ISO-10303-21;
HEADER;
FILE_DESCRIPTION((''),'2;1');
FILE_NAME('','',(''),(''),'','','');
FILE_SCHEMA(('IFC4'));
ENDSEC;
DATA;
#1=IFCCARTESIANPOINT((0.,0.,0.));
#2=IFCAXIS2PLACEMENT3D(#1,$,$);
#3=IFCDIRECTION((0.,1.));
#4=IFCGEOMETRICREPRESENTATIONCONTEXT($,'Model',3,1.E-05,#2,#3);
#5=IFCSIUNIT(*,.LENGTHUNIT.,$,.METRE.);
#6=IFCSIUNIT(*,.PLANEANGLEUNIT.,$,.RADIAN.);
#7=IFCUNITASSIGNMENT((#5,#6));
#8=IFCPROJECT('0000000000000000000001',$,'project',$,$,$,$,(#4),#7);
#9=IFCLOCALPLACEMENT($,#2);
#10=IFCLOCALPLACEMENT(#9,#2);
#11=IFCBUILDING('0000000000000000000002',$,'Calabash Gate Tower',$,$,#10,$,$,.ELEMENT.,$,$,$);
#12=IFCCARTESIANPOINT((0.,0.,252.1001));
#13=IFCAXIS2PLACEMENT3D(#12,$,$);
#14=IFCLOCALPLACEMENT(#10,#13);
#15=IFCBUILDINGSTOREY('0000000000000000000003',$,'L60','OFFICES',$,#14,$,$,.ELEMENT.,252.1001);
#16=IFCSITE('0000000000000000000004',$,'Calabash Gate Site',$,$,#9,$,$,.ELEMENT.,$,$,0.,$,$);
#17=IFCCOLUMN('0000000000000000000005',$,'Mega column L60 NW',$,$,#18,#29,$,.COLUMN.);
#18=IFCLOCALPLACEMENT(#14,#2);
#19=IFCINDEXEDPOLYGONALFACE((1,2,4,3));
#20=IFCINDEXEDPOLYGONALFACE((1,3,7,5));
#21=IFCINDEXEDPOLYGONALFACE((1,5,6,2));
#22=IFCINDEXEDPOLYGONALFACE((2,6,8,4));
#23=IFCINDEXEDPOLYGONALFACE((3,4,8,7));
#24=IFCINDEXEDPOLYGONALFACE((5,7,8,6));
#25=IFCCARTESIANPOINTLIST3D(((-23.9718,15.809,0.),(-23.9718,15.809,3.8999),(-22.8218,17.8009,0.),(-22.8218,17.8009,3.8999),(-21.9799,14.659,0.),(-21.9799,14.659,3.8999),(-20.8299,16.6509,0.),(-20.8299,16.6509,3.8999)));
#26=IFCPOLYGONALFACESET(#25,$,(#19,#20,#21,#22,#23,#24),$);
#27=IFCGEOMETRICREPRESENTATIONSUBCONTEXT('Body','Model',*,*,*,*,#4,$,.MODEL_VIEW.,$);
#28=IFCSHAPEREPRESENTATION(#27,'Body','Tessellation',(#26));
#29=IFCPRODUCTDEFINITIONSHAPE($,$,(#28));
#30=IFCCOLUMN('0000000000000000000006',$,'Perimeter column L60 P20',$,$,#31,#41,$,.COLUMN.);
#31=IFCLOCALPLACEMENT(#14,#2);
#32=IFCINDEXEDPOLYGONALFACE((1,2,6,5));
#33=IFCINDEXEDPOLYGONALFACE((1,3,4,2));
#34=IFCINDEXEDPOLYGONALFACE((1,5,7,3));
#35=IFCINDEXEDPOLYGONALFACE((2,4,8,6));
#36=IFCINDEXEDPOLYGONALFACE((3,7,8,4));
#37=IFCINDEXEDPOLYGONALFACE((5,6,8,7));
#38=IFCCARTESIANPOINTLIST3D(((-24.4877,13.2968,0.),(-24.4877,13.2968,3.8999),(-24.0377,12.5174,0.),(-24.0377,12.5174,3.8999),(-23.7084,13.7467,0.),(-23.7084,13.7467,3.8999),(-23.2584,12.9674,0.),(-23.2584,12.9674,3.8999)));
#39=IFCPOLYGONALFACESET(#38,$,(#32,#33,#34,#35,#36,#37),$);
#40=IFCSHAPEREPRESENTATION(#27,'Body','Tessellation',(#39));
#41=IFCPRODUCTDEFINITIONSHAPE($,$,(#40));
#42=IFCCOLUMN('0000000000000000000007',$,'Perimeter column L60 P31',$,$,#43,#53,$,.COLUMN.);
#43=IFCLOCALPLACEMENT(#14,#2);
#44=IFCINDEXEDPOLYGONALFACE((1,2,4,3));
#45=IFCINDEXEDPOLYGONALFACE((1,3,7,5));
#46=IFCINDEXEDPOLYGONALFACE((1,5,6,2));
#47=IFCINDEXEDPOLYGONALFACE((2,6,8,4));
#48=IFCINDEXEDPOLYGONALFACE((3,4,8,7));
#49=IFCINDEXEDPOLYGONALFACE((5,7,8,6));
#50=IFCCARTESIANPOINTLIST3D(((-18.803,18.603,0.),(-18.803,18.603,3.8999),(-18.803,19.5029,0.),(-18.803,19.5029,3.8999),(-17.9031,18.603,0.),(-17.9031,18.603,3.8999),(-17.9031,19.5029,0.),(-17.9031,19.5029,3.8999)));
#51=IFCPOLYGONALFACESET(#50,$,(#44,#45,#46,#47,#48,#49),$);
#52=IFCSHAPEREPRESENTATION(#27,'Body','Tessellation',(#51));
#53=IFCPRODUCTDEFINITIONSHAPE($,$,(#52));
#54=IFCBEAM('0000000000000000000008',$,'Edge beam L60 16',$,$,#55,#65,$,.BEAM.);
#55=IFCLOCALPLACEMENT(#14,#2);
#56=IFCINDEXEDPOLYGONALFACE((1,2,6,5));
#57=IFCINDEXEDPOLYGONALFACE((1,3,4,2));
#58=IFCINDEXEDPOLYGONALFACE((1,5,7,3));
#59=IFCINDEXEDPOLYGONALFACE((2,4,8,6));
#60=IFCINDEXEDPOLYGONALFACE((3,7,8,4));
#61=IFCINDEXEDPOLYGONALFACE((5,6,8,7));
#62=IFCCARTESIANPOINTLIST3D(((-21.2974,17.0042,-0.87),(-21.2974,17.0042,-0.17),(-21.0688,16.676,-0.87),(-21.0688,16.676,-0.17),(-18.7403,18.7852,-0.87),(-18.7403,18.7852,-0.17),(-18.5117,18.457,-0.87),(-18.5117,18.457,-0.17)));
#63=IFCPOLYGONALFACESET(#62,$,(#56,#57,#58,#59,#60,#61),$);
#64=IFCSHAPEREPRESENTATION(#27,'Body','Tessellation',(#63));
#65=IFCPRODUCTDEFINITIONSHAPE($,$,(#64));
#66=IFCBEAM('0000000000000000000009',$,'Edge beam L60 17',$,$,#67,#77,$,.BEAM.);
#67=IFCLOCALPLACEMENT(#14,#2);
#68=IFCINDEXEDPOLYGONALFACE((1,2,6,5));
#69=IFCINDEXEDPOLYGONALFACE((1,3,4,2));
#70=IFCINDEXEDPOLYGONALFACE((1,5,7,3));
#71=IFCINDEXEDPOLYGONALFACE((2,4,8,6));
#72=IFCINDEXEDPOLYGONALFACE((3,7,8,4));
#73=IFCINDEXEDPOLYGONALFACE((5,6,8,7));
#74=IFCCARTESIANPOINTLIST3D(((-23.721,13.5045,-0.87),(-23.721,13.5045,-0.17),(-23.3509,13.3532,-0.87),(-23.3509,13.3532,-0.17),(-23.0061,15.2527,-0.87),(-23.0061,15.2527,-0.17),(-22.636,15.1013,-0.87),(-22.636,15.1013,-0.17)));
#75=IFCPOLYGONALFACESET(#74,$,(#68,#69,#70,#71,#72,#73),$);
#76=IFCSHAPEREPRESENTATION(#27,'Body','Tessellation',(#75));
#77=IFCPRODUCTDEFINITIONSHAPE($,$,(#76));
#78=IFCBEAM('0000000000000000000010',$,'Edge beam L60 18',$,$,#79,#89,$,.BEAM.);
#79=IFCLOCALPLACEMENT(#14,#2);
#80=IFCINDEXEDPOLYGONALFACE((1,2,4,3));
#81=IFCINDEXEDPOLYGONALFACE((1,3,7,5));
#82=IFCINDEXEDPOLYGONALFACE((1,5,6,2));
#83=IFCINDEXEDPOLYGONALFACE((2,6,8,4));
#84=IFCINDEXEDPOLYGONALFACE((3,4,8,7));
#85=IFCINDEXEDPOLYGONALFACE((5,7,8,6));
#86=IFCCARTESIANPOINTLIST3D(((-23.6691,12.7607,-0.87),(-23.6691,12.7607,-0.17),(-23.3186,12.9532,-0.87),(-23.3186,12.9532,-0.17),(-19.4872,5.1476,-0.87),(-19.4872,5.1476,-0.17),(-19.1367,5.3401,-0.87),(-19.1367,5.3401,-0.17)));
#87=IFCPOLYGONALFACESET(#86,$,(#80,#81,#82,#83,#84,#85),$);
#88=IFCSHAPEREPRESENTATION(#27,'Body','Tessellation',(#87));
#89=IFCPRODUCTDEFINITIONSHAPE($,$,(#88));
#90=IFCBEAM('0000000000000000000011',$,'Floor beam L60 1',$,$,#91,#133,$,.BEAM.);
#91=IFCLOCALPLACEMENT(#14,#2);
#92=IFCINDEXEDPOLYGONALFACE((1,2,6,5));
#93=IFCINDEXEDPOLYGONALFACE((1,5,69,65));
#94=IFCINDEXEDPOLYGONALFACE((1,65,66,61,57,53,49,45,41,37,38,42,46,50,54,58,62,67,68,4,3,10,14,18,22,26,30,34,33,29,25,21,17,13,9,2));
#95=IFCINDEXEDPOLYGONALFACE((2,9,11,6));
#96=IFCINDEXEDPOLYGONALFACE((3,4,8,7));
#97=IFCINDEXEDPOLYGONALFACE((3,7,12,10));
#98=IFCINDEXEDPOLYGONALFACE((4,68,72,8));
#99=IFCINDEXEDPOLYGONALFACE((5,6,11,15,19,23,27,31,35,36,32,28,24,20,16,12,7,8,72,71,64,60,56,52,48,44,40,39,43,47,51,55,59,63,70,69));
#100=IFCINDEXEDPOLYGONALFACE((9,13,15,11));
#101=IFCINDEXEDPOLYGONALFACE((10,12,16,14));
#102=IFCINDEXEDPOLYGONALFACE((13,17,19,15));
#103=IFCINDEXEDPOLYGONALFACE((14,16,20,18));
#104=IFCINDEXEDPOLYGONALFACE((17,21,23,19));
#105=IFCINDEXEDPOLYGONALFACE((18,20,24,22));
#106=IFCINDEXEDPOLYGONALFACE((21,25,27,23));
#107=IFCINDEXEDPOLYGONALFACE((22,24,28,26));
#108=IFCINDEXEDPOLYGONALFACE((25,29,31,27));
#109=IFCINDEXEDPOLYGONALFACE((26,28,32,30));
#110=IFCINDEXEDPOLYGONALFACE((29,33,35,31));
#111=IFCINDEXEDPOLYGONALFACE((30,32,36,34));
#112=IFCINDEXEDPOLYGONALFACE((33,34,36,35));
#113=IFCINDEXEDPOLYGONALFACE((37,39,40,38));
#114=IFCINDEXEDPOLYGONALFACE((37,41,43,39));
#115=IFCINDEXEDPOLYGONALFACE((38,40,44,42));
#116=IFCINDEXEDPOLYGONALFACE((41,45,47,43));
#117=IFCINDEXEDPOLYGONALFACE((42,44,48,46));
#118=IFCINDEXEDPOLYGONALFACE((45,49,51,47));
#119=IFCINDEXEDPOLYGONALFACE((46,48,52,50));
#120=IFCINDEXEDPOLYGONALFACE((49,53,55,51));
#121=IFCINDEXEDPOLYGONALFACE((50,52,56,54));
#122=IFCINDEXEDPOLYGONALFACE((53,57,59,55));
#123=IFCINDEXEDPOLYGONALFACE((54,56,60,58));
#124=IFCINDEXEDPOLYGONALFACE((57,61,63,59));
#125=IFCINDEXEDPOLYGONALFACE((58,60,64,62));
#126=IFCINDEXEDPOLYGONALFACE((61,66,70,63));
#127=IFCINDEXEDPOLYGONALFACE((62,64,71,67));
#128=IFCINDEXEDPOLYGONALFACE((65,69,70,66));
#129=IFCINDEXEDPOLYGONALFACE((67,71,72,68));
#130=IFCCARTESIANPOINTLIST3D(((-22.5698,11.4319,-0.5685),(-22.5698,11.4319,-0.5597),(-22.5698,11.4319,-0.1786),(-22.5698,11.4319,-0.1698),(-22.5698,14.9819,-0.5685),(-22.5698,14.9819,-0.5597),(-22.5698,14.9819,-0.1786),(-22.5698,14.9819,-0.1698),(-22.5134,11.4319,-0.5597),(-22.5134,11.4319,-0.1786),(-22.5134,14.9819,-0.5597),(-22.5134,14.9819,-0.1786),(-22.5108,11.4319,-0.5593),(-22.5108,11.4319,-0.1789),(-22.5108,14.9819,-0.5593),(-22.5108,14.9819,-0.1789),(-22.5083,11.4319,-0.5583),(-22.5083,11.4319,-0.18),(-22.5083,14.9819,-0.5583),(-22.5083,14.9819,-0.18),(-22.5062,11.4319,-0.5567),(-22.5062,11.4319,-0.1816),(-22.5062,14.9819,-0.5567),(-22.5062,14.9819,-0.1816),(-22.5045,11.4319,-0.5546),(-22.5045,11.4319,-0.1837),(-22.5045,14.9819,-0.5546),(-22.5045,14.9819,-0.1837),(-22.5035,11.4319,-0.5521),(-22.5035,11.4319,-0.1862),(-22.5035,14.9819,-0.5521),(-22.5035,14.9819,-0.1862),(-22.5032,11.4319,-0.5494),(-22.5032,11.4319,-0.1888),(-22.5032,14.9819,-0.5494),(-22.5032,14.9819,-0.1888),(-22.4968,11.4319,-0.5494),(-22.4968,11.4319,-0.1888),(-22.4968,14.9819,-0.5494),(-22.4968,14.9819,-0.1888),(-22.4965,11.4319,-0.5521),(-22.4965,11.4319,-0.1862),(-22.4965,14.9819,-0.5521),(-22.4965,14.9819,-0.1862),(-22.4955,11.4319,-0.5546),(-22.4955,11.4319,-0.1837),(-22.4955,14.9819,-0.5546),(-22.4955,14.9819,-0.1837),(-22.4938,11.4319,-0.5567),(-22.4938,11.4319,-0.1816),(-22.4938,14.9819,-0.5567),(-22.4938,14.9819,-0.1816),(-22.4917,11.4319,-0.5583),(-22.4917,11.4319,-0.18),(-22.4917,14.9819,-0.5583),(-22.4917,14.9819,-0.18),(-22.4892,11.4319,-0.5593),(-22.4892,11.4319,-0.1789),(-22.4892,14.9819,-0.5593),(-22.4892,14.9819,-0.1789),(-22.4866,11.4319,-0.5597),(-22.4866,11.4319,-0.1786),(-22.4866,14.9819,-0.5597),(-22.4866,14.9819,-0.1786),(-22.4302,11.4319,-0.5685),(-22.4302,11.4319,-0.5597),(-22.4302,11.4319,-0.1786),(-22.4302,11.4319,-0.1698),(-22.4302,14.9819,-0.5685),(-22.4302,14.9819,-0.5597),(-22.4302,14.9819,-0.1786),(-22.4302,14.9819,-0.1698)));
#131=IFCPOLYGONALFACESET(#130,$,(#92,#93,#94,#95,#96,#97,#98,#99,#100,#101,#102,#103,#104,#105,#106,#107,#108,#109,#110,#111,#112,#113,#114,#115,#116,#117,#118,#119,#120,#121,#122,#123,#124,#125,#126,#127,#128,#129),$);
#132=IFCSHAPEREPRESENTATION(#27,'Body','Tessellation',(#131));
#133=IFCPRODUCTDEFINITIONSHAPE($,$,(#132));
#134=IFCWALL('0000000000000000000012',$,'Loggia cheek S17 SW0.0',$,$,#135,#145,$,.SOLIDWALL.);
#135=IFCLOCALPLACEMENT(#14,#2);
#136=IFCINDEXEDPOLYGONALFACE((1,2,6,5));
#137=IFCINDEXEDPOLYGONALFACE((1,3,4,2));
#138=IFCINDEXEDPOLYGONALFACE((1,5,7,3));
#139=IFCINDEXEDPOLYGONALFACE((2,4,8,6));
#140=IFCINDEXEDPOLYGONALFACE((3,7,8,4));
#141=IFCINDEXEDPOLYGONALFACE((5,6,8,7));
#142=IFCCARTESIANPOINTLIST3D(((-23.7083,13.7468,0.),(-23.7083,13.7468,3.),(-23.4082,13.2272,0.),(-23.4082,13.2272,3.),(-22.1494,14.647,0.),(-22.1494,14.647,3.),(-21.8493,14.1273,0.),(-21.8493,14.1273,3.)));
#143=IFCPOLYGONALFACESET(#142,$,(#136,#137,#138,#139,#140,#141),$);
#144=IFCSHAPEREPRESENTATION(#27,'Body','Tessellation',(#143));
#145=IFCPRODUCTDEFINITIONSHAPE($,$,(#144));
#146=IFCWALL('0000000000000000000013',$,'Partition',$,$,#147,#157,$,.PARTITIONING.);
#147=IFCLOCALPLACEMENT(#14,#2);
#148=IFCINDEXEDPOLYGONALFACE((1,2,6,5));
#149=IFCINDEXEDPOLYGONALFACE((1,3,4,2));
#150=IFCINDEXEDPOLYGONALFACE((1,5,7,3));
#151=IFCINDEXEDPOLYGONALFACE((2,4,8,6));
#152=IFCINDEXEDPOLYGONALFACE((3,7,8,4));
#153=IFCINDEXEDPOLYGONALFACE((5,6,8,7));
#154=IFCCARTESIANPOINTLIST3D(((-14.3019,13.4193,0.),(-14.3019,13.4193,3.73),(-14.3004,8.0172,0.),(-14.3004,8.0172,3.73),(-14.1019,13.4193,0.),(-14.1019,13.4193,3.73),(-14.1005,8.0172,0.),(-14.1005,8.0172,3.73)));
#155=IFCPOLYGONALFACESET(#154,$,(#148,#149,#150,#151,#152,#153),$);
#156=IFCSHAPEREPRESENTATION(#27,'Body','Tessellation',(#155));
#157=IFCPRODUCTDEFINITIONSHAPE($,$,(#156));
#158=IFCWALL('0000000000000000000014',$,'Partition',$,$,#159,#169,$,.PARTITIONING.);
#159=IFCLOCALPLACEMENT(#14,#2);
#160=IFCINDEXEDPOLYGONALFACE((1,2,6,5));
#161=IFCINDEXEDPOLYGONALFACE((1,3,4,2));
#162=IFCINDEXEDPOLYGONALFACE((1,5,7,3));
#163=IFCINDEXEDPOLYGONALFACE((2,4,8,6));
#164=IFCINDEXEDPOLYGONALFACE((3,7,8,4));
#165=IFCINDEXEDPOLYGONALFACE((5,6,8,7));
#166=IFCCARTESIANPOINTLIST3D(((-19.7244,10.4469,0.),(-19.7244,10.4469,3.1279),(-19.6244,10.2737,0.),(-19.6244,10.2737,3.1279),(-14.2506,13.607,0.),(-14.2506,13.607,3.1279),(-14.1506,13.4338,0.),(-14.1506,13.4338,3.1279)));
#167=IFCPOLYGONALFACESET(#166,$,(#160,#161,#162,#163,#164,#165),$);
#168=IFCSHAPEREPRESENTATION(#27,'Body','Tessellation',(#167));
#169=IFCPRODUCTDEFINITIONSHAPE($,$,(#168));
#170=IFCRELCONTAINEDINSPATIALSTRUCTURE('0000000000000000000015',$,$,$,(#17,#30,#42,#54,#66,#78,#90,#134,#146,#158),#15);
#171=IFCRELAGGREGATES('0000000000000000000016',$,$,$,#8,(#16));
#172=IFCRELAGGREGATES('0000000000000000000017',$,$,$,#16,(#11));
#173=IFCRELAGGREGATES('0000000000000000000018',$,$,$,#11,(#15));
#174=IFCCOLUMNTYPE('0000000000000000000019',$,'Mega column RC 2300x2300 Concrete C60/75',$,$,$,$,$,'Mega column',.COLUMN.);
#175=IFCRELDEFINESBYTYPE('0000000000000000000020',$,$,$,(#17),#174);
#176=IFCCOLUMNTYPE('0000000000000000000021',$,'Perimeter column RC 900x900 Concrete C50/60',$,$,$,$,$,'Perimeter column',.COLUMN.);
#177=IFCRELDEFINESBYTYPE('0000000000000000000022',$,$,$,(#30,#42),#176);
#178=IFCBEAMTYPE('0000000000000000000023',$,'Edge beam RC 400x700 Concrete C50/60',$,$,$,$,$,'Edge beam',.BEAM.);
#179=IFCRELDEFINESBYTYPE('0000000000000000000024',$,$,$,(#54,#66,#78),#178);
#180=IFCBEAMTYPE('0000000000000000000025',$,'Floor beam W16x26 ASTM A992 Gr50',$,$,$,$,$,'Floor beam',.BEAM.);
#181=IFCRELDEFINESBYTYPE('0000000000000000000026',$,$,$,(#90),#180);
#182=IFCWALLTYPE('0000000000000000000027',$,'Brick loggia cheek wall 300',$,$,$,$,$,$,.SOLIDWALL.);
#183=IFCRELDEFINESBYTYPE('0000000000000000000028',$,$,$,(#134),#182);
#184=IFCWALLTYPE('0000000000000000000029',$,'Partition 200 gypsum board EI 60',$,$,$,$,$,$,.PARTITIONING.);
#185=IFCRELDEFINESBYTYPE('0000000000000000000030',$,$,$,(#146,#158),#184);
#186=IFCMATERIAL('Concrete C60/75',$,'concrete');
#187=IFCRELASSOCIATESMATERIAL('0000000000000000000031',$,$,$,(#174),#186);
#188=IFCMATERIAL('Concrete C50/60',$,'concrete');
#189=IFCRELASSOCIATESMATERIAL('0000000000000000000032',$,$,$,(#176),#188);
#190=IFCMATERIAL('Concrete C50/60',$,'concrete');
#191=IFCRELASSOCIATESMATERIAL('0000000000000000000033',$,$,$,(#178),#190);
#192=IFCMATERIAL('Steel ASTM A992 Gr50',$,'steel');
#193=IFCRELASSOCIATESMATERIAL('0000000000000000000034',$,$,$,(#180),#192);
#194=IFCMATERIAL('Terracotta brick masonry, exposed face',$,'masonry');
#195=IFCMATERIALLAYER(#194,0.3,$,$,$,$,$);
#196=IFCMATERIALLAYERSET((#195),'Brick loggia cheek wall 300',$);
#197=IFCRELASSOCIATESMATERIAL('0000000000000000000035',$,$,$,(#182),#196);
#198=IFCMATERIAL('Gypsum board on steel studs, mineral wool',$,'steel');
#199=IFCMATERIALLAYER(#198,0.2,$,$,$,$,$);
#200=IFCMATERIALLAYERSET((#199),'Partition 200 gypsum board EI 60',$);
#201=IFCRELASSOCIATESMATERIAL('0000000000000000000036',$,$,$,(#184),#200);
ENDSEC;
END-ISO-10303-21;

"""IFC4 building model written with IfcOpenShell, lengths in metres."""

from ifc_helpers import new_model, si_unit, direction, frame, frame_2d, origin, origin_2d, place, context, subcontext, project, spatial, rectangle, i_section, extrude, material, layer, layer_set, material_profile, profile_set, type_object, element, save


model = new_model("IFC4")

# Units and contexts
model_context = context("Model", 3, precision=1e-05, world=origin(), true_north=direction((0.0, 1.0)))
body_context = subcontext(model_context, "Body", "Model", "MODEL_VIEW")
ifc_project = project(units=[si_unit("LENGTHUNIT", "METRE"), si_unit("PLANEANGLEUNIT", "RADIAN")], contexts=[model_context])

# Site, building, storey
site_placement = place(None, origin())
site = spatial("IfcSite", under=ifc_project, at=site_placement, Name="Calabash Gate Site", CompositionType="ELEMENT", RefElevation=0.0)
building_placement = place(site_placement, origin())
building = spatial("IfcBuilding", under=site, at=building_placement, Name="Calabash Gate Tower", CompositionType="ELEMENT")
storey_placement = place(building_placement, frame((0.0, 0.0, 252.1001)))
storey = spatial("IfcBuildingStorey", under=building, at=storey_placement, Name="L60", Description="OFFICES", CompositionType="ELEMENT", Elevation=252.1001)

# Columns
ifc_material_1 = material(Name="Concrete C60/75", Category="concrete")
ifc_material_profile_1 = material_profile(ifc_material_1, rectangle(XDim=2.3, YDim=2.3, at=origin_2d()))
ifc_profile_set_1 = profile_set([ifc_material_profile_1], Name="Concrete C60/75")
column_type_1 = type_object("IfcColumnType", Name="Mega column RC 2300x2300 Concrete C60/75", ElementType="Mega column", PredefinedType="COLUMN", material=ifc_profile_set_1)
column_placement = place(storey_placement, frame((-22.4009, 16.23, 0.0), z_axis=(0.0, 0.0, 1.0), x_axis=(0.866025, -0.5, 0.0)))
element("IfcColumn", 1, at=column_placement, inside=storey, type_object=column_type_1, Name="Mega column L60 NW", PredefinedType="COLUMN", context=body_context, shape_type="SweptSolid", body=[
    extrude(rectangle(XDim=2.3, YDim=2.3, at=origin_2d()), origin(), (0.0, 0.0, 1.0), 3.8999),
])
ifc_material_2 = material(Name="Concrete C50/60", Category="concrete")
ifc_material_profile_2 = material_profile(ifc_material_2, rectangle(XDim=0.8999, YDim=0.8999, at=origin_2d()))
ifc_profile_set_2 = profile_set([ifc_material_profile_2], Name="Concrete C50/60")
column_type_2 = type_object("IfcColumnType", Name="Perimeter column RC 900x900 Concrete C50/60", ElementType="Perimeter column", PredefinedType="COLUMN", material=ifc_profile_set_2)
for number, where, z_axis, x_axis, name in (
    (2, (-23.873, 13.1321, 0.0), (0.0, 0.0, 1.0), (0.5, -0.866025, 0.0), "Perimeter column L60 P20"),
    (3, (-18.353, 19.053, 0.0), (0.0, 0.0, 1.0), (-1.0, 0.0, 0.0), "Perimeter column L60 P31"),
):
    element("IfcColumn", number, at=place(storey_placement, frame(where, z_axis=z_axis, x_axis=x_axis)), inside=storey, type_object=column_type_2, Name=name, PredefinedType="COLUMN", context=body_context, shape_type="SweptSolid", body=[
        extrude(rectangle(XDim=0.8999, YDim=0.8999, at=origin_2d()), origin(), (0.0, 0.0, 1.0), 3.8999),
    ])

# Beams
ifc_material_3 = material(Name="Concrete C50/60", Category="concrete")
ifc_material_profile_3 = material_profile(ifc_material_3, rectangle(XDim=0.3999, YDim=0.7, at=origin_2d()))
ifc_profile_set_3 = profile_set([ifc_material_profile_3], Name="Concrete C50/60")
beam_type_1 = type_object("IfcBeamType", Name="Edge beam RC 400x700 Concrete C50/60", ElementType="Edge beam", PredefinedType="BEAM", material=ifc_profile_set_3)
beam_1_placement = place(storey_placement, frame((-18.626, 18.6211, -0.52), z_axis=(-0.820584, -0.571526, 0.0), x_axis=(0.571526, -0.820584, 0.0)))
element("IfcBeam", 4, at=beam_1_placement, inside=storey, type_object=beam_type_1, Name="Edge beam L60 16", PredefinedType="BEAM", context=body_context, shape_type="SweptSolid", body=[
    extrude(rectangle(XDim=0.3999, YDim=0.7, at=origin_2d()), origin(), (0.0, 0.0, 1.0), 3.1162),
])
beam_2_placement = place(storey_placement, frame((-22.821, 15.177, -0.52), z_axis=(-0.378512, -0.925596, 0.0), x_axis=(0.925596, -0.378512, 0.0)))
element("IfcBeam", 5, at=beam_2_placement, inside=storey, type_object=beam_type_1, Name="Edge beam L60 17", PredefinedType="BEAM", context=body_context, shape_type="SweptSolid", body=[
    extrude(rectangle(XDim=0.3999, YDim=0.7, at=origin_2d()), origin(), (0.0, 0.0, 1.0), 1.8887),
])
beam_3_placement = place(storey_placement, frame((-23.4939, 12.8569, -0.52), z_axis=(0.481451, -0.876473, 0.0), x_axis=(0.876473, 0.481451, 0.0)))
element("IfcBeam", 6, at=beam_3_placement, inside=storey, type_object=beam_type_1, Name="Edge beam L60 18", PredefinedType="BEAM", context=body_context, shape_type="SweptSolid", body=[
    extrude(rectangle(XDim=0.3999, YDim=0.7, at=origin_2d()), origin(), (0.0, 0.0, 1.0), 8.686),
])
ifc_material_4 = material(Name="Steel ASTM A992 Gr50", Category="steel")
ifc_material_profile_4 = material_profile(ifc_material_4, i_section(OverallWidth=0.1396, OverallDepth=0.3987, WebThickness=0.0063, FlangeThickness=0.0088, FilletRadius=0.0103, at=origin_2d()))
ifc_profile_set_4 = profile_set([ifc_material_profile_4], Name="Steel ASTM A992 Gr50")
beam_type_2 = type_object("IfcBeamType", Name="Floor beam W16x26 ASTM A992 Gr50", ElementType="Floor beam", PredefinedType="BEAM", material=ifc_profile_set_4)
beam_4_placement = place(storey_placement, frame((-22.5, 11.4319, -0.3691), z_axis=(0.0, 1.0, 0.0), x_axis=(-1.0, 0.0, 0.0)))
element("IfcBeam", 7, at=beam_4_placement, inside=storey, type_object=beam_type_2, Name="Floor beam L60 1", PredefinedType="BEAM", context=body_context, shape_type="SweptSolid", body=[
    extrude(i_section(OverallWidth=0.1396, OverallDepth=0.3987, WebThickness=0.0063, FlangeThickness=0.0088, FilletRadius=0.0103, at=origin_2d()), origin(), (0.0, 0.0, 1.0), 3.55),
])

# Walls
ifc_material_5 = material(Name="Terracotta brick masonry, exposed face", Category="masonry")
ifc_layer_1 = layer(ifc_material_5, 0.3)
ifc_layer_set_1 = layer_set([ifc_layer_1], Name="Brick loggia cheek wall 300")
wall_type_1 = type_object("IfcWallType", Name="Brick loggia cheek wall 300", PredefinedType="SOLIDWALL", material=ifc_layer_set_1)
wall_1_placement = place(storey_placement, frame((-23.5581, 13.4871, 0.0), z_axis=(0.0, 0.0, 1.0), x_axis=(0.865989, 0.500063, 0.0)))
element("IfcWall", 8, at=wall_1_placement, inside=storey, type_object=wall_type_1, Name="Loggia cheek S17 SW0.0", PredefinedType="SOLIDWALL", context=body_context, shape_type="SweptSolid", body=[
    extrude(rectangle(XDim=1.8, YDim=0.6001, at=frame_2d((0.8999, 0.0))), origin(), (0.0, 0.0, 1.0), 3.0),
])
ifc_material_6 = material(Name="Gypsum board on steel studs, mineral wool", Category="steel")
ifc_layer_2 = layer(ifc_material_6, 0.2)
ifc_layer_set_2 = layer_set([ifc_layer_2], Name="Partition 200 gypsum board EI 60")
wall_type_2 = type_object("IfcWallType", Name="Partition 200 gypsum board EI 60", PredefinedType="PARTITIONING", material=ifc_layer_set_2)
wall_2_placement = place(storey_placement, frame((-14.2019, 13.4194, 0.0), z_axis=(0.0, 0.0, 1.0), x_axis=(0.000271, -1.0, 0.0)))
element("IfcWall", 9, at=wall_2_placement, inside=storey, type_object=wall_type_2, Name="Partition", PredefinedType="PARTITIONING", context=body_context, shape_type="SweptSolid", body=[
    extrude(rectangle(XDim=5.4021, YDim=0.2, at=frame_2d((2.7012, 0.0))), origin(), (0.0, 0.0, 1.0), 3.73),
])
wall_3_placement = place(storey_placement, frame((-19.6743, 10.3604, 0.0), z_axis=(0.0, 0.0, 1.0), x_axis=(0.866038, 0.499978, 0.0)))
element("IfcWall", 10, at=wall_3_placement, inside=storey, type_object=wall_type_2, Name="Partition", PredefinedType="PARTITIONING", context=body_context, shape_type="SweptSolid", body=[
    extrude(rectangle(XDim=6.3206, YDim=0.2, at=frame_2d((3.1602, 0.0))), origin(), (0.0, 0.0, 1.0), 3.1279),
])

save(model, "model.ifc")
